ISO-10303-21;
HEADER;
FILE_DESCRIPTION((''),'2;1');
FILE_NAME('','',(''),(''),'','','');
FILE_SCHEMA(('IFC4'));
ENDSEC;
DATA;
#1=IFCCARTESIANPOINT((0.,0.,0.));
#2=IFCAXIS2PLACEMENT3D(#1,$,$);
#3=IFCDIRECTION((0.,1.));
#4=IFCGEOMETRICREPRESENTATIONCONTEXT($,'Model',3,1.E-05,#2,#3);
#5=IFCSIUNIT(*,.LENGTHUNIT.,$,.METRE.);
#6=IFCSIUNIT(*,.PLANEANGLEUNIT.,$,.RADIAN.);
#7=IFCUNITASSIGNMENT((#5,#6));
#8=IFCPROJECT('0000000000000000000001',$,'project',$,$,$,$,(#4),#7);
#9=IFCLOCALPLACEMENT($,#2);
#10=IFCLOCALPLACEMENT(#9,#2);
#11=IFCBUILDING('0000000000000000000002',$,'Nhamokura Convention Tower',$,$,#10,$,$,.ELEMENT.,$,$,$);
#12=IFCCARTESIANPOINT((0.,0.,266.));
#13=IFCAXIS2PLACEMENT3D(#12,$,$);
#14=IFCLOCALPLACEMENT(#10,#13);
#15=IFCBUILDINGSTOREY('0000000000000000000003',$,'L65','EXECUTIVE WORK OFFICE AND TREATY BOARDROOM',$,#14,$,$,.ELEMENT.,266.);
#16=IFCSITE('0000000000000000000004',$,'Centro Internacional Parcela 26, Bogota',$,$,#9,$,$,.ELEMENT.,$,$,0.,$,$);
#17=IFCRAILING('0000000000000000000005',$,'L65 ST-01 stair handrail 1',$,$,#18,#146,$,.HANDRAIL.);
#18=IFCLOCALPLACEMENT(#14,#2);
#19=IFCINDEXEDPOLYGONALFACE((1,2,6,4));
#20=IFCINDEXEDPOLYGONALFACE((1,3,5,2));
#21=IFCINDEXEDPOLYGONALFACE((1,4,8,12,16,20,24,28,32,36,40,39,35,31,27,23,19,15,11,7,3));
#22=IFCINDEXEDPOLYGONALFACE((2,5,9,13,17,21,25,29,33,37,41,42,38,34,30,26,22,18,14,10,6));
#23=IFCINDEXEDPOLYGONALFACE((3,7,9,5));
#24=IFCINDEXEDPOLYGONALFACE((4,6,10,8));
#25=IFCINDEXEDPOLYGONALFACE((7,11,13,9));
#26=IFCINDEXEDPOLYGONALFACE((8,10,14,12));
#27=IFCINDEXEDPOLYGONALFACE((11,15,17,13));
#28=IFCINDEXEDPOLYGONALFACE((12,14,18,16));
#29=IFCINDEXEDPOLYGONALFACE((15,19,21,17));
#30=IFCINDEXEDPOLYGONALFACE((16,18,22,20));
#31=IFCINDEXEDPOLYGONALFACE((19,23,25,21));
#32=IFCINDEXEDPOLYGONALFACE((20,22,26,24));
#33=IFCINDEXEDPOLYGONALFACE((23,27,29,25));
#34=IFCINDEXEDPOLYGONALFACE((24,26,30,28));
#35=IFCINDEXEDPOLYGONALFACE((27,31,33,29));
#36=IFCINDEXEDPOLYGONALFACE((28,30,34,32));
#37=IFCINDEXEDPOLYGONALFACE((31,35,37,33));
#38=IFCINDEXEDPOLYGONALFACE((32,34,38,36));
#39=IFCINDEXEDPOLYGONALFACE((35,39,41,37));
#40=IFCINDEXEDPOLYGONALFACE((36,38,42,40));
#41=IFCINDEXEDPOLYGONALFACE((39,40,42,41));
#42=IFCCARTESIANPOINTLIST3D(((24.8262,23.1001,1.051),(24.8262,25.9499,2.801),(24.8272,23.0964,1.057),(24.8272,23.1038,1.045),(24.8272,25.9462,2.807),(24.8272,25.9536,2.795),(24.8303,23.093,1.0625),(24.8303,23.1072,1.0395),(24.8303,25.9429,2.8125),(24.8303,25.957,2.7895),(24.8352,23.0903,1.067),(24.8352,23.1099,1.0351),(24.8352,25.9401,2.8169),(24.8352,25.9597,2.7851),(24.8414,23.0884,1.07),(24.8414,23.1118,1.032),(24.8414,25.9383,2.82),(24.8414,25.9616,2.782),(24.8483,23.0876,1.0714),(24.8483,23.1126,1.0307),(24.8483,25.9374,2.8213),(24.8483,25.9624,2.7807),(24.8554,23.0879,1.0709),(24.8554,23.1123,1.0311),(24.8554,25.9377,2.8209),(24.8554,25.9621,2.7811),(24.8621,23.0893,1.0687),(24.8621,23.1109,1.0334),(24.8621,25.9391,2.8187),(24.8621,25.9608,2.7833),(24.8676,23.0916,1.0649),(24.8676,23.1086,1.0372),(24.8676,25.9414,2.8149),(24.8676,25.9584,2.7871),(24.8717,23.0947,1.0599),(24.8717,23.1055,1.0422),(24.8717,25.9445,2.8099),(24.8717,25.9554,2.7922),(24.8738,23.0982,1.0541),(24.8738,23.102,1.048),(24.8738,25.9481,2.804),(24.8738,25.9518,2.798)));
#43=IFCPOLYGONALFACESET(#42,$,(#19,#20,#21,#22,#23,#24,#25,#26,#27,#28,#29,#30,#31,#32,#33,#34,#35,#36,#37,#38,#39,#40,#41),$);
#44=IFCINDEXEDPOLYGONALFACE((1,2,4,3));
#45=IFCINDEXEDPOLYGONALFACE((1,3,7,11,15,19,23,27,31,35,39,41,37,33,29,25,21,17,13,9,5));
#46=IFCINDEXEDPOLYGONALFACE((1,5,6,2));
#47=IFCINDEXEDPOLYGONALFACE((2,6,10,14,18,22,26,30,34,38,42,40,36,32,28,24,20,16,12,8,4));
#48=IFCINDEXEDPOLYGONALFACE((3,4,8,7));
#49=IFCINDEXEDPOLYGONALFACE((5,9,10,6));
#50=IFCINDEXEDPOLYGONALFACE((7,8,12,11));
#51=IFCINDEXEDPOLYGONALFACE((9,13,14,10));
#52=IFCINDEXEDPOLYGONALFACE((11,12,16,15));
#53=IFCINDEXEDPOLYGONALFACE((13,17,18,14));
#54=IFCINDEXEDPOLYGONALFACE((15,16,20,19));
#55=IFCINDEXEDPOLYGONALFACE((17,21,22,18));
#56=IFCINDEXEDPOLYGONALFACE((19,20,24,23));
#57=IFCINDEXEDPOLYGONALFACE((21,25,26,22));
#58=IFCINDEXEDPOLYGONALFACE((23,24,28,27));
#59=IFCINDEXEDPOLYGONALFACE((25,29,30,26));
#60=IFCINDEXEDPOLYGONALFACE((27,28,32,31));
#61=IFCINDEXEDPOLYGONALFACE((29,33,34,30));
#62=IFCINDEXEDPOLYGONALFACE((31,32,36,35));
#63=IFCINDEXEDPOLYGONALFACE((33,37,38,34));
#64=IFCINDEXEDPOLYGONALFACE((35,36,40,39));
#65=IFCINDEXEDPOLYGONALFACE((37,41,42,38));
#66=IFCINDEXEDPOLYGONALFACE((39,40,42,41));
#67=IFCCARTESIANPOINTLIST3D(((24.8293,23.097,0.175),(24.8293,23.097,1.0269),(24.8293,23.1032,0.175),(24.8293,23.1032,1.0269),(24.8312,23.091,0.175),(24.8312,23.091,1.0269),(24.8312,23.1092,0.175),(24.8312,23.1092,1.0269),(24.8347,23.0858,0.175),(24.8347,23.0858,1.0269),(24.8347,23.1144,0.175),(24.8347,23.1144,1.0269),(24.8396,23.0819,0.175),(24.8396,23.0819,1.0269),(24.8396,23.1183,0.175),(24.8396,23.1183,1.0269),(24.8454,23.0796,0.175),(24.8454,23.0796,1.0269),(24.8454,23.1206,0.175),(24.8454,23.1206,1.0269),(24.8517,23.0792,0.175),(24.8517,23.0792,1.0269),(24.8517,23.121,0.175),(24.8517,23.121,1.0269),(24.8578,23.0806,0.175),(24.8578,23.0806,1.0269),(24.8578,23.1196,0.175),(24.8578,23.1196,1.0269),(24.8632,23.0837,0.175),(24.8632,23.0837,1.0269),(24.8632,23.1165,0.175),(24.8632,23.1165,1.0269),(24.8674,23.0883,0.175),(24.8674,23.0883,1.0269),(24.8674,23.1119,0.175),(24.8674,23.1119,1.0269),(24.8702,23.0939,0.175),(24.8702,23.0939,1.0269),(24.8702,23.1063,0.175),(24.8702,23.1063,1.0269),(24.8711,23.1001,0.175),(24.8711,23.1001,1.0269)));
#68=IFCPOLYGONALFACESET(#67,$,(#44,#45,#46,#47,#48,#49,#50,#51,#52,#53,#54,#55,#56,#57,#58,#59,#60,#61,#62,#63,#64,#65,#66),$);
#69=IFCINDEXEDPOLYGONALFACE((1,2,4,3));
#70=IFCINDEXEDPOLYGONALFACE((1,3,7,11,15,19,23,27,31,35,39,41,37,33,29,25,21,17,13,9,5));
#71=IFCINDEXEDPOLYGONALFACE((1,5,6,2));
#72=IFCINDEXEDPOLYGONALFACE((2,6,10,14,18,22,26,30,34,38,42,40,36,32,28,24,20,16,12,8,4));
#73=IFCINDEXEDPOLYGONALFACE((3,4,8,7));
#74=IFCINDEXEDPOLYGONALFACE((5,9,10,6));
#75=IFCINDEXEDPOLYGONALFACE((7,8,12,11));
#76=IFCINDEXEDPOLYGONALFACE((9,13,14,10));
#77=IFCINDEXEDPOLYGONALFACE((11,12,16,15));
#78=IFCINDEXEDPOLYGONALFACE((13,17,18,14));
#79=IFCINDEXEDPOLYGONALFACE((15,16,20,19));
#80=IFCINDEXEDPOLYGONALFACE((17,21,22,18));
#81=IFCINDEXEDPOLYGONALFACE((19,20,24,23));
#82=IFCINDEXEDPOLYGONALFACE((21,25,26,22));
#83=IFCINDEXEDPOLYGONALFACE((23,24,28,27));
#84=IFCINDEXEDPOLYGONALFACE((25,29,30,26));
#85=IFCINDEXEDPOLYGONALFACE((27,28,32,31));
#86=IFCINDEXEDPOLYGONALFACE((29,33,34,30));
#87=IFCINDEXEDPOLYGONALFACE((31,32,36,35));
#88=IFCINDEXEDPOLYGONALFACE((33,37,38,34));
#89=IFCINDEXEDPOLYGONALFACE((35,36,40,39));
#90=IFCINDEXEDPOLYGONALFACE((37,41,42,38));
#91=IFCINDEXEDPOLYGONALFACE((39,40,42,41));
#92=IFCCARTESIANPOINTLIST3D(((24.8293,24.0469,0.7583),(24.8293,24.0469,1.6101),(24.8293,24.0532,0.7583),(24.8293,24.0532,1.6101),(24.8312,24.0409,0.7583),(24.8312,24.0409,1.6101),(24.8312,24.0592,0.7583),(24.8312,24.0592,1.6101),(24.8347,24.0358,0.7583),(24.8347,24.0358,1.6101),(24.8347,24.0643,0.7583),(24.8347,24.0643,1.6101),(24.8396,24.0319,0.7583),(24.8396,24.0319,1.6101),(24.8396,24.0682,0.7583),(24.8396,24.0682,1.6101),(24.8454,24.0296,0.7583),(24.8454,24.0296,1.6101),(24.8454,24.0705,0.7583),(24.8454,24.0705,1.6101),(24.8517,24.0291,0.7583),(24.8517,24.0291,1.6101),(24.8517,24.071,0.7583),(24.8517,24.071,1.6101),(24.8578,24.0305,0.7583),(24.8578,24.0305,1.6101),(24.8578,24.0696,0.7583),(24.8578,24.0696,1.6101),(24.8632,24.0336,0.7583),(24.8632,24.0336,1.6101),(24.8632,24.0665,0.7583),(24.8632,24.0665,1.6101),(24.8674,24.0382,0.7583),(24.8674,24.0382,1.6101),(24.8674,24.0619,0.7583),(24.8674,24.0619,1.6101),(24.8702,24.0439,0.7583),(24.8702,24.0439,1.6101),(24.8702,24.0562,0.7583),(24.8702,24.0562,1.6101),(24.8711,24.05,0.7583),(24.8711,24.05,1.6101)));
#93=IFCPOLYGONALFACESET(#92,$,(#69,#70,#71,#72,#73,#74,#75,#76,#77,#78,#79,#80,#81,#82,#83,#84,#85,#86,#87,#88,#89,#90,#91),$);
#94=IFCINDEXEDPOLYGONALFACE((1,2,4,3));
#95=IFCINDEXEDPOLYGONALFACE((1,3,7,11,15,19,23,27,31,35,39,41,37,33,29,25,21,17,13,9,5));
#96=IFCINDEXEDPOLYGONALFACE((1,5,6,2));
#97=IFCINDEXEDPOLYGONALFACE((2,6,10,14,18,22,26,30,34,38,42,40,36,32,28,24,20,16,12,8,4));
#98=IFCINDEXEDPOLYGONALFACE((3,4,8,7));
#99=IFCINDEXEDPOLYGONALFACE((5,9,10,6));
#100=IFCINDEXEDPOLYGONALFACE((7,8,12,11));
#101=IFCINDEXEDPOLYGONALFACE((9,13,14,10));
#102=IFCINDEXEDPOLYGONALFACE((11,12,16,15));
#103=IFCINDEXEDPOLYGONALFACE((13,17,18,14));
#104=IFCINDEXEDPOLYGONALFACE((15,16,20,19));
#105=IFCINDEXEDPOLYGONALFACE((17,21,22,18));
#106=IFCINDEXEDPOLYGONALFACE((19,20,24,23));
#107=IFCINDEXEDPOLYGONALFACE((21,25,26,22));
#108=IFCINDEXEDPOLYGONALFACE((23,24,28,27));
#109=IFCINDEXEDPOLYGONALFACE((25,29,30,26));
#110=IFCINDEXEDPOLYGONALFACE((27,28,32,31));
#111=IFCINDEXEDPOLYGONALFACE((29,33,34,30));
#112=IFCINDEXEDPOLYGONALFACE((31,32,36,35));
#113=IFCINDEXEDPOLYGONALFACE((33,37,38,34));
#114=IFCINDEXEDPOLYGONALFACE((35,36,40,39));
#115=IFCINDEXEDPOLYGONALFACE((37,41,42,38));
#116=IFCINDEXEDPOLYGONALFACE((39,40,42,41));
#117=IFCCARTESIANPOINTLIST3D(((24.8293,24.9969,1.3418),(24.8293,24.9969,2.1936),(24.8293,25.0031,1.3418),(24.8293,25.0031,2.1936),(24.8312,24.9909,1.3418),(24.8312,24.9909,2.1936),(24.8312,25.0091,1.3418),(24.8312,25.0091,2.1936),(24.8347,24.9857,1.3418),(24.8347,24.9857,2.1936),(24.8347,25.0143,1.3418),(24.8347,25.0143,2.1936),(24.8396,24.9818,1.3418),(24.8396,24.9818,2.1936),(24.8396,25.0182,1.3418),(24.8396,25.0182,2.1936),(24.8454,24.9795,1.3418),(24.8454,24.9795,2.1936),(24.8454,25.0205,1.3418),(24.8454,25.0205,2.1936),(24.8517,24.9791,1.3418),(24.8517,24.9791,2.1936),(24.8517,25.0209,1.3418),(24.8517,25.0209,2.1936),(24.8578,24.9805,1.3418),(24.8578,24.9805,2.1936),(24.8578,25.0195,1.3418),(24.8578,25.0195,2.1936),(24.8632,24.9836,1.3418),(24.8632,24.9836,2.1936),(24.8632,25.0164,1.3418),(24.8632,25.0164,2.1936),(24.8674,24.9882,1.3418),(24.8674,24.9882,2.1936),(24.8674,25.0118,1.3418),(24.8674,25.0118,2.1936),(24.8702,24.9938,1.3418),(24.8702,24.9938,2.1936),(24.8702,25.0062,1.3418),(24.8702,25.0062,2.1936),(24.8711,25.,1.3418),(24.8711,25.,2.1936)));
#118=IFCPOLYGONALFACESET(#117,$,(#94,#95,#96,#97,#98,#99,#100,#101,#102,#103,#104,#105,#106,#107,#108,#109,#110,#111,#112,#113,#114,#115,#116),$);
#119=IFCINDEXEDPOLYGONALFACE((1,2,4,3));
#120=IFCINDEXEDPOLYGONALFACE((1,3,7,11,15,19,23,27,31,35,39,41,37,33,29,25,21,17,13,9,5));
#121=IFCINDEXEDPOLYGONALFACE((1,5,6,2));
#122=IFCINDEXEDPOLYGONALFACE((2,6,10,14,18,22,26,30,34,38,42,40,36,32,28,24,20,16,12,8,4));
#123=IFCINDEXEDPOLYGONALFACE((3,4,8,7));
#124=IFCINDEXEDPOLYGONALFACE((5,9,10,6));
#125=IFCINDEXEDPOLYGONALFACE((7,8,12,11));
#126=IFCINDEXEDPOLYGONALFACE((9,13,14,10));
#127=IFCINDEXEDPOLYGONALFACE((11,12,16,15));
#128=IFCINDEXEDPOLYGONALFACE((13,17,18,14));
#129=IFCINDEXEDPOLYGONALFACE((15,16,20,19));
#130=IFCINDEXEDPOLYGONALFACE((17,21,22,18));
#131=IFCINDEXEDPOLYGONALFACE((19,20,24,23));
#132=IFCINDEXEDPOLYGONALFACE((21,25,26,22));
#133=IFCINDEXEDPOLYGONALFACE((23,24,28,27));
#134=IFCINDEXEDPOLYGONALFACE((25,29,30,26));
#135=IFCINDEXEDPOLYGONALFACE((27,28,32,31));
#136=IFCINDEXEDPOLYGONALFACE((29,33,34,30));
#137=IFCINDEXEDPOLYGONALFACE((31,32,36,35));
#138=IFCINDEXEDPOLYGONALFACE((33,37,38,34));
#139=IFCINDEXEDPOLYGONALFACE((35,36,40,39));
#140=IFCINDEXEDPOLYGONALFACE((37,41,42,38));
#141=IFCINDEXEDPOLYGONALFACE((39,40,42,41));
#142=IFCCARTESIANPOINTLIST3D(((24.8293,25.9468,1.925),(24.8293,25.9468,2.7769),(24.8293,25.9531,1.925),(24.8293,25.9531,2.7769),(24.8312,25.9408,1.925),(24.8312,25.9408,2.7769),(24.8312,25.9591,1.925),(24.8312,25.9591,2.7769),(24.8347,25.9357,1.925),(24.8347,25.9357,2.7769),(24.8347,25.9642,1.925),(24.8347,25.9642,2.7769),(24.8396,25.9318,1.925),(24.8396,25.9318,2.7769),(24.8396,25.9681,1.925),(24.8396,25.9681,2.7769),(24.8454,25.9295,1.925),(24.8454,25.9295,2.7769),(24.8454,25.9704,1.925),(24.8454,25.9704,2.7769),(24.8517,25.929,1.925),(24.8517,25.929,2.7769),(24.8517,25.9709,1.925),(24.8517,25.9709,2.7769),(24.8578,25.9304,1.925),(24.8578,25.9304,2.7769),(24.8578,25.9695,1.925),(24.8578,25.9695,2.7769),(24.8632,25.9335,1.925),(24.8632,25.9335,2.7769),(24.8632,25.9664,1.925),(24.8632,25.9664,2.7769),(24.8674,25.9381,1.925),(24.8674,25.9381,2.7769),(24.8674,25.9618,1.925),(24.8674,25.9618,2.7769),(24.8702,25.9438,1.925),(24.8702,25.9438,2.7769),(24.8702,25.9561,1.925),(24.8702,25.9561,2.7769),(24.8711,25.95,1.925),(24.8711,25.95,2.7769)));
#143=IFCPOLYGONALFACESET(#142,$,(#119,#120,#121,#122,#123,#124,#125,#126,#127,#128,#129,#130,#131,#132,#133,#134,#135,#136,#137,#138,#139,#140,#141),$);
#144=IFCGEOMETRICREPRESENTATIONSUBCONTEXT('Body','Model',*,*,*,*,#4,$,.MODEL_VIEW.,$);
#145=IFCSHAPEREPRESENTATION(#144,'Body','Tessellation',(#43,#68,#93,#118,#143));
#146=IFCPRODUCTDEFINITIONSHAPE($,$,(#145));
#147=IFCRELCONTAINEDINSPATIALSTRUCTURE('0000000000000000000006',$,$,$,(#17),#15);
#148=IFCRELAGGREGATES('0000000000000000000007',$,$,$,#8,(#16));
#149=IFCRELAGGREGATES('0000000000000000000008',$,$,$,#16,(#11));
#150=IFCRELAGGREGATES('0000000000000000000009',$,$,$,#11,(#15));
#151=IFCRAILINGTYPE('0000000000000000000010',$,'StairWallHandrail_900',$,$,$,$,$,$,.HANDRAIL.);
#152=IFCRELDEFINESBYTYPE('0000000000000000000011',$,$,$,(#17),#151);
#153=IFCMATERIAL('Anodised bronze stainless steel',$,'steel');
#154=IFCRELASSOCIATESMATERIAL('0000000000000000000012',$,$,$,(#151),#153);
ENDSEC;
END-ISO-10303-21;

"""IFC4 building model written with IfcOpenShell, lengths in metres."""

from ifc_helpers import new_model, si_unit, direction, frame, origin, origin_2d, place, context, subcontext, project, spatial, circle, extrude, material, type_object, element, save


model = new_model("IFC4")

# Units and contexts
model_context = context("Model", 3, precision=1e-05, world=origin(), true_north=direction((0.0, 1.0)))
body_context = subcontext(model_context, "Body", "Model", "MODEL_VIEW")
ifc_project = project(units=[si_unit("LENGTHUNIT", "METRE"), si_unit("PLANEANGLEUNIT", "RADIAN")], contexts=[model_context])

# Site, building, storey
site_placement = place(None, origin())
site = spatial("IfcSite", under=ifc_project, at=site_placement, Name="Centro Internacional Parcela 26, Bogota", CompositionType="ELEMENT", RefElevation=0.0)
building_placement = place(site_placement, origin())
building = spatial("IfcBuilding", under=site, at=building_placement, Name="Nhamokura Convention Tower", CompositionType="ELEMENT")
storey_placement = place(building_placement, frame((0.0, 0.0, 266.0)))
storey = spatial("IfcBuildingStorey", under=building, at=storey_placement, Name="L65", Description="EXECUTIVE WORK OFFICE AND TREATY BOARDROOM", CompositionType="ELEMENT", Elevation=266.0)

# Railing
ifc_material_1 = material(Name="Anodised bronze stainless steel", Category="steel")
railing_type_1 = type_object("IfcRailingType", Name="StairWallHandrail_900", PredefinedType="HANDRAIL", material=ifc_material_1)
railing_1_placement = place(storey_placement, frame((24.8501, 23.1001, 0.175)))
element("IfcRailing", 1, at=railing_1_placement, inside=storey, type_object=railing_type_1, Name="L65 ST-01 stair handrail 1", PredefinedType="HANDRAIL", context=body_context, shape_type="SweptSolid", body=[
    extrude(circle(Radius=0.0239, at=origin_2d()), frame((0.0, 0.0, 0.876), z_axis=(0.0, 0.852159, 0.523283), x_axis=(-1.0, 0.0, 0.0)), (0.0, 0.0, 1.0), 3.3442),
    extrude(circle(Radius=0.021, at=origin_2d()), origin(), (0.0, 0.0, 1.0), 0.8518),
    extrude(circle(Radius=0.021, at=origin_2d()), frame((0.0, 0.95, 0.5833)), (0.0, 0.0, 1.0), 0.8518),
    extrude(circle(Radius=0.021, at=origin_2d()), frame((0.0, 1.8999, 1.1667)), (0.0, 0.0, 1.0), 0.8518),
    extrude(circle(Radius=0.021, at=origin_2d()), frame((0.0, 2.8499, 1.75)), (0.0, 0.0, 1.0), 0.8518),
])

save(model, "model.ifc")
